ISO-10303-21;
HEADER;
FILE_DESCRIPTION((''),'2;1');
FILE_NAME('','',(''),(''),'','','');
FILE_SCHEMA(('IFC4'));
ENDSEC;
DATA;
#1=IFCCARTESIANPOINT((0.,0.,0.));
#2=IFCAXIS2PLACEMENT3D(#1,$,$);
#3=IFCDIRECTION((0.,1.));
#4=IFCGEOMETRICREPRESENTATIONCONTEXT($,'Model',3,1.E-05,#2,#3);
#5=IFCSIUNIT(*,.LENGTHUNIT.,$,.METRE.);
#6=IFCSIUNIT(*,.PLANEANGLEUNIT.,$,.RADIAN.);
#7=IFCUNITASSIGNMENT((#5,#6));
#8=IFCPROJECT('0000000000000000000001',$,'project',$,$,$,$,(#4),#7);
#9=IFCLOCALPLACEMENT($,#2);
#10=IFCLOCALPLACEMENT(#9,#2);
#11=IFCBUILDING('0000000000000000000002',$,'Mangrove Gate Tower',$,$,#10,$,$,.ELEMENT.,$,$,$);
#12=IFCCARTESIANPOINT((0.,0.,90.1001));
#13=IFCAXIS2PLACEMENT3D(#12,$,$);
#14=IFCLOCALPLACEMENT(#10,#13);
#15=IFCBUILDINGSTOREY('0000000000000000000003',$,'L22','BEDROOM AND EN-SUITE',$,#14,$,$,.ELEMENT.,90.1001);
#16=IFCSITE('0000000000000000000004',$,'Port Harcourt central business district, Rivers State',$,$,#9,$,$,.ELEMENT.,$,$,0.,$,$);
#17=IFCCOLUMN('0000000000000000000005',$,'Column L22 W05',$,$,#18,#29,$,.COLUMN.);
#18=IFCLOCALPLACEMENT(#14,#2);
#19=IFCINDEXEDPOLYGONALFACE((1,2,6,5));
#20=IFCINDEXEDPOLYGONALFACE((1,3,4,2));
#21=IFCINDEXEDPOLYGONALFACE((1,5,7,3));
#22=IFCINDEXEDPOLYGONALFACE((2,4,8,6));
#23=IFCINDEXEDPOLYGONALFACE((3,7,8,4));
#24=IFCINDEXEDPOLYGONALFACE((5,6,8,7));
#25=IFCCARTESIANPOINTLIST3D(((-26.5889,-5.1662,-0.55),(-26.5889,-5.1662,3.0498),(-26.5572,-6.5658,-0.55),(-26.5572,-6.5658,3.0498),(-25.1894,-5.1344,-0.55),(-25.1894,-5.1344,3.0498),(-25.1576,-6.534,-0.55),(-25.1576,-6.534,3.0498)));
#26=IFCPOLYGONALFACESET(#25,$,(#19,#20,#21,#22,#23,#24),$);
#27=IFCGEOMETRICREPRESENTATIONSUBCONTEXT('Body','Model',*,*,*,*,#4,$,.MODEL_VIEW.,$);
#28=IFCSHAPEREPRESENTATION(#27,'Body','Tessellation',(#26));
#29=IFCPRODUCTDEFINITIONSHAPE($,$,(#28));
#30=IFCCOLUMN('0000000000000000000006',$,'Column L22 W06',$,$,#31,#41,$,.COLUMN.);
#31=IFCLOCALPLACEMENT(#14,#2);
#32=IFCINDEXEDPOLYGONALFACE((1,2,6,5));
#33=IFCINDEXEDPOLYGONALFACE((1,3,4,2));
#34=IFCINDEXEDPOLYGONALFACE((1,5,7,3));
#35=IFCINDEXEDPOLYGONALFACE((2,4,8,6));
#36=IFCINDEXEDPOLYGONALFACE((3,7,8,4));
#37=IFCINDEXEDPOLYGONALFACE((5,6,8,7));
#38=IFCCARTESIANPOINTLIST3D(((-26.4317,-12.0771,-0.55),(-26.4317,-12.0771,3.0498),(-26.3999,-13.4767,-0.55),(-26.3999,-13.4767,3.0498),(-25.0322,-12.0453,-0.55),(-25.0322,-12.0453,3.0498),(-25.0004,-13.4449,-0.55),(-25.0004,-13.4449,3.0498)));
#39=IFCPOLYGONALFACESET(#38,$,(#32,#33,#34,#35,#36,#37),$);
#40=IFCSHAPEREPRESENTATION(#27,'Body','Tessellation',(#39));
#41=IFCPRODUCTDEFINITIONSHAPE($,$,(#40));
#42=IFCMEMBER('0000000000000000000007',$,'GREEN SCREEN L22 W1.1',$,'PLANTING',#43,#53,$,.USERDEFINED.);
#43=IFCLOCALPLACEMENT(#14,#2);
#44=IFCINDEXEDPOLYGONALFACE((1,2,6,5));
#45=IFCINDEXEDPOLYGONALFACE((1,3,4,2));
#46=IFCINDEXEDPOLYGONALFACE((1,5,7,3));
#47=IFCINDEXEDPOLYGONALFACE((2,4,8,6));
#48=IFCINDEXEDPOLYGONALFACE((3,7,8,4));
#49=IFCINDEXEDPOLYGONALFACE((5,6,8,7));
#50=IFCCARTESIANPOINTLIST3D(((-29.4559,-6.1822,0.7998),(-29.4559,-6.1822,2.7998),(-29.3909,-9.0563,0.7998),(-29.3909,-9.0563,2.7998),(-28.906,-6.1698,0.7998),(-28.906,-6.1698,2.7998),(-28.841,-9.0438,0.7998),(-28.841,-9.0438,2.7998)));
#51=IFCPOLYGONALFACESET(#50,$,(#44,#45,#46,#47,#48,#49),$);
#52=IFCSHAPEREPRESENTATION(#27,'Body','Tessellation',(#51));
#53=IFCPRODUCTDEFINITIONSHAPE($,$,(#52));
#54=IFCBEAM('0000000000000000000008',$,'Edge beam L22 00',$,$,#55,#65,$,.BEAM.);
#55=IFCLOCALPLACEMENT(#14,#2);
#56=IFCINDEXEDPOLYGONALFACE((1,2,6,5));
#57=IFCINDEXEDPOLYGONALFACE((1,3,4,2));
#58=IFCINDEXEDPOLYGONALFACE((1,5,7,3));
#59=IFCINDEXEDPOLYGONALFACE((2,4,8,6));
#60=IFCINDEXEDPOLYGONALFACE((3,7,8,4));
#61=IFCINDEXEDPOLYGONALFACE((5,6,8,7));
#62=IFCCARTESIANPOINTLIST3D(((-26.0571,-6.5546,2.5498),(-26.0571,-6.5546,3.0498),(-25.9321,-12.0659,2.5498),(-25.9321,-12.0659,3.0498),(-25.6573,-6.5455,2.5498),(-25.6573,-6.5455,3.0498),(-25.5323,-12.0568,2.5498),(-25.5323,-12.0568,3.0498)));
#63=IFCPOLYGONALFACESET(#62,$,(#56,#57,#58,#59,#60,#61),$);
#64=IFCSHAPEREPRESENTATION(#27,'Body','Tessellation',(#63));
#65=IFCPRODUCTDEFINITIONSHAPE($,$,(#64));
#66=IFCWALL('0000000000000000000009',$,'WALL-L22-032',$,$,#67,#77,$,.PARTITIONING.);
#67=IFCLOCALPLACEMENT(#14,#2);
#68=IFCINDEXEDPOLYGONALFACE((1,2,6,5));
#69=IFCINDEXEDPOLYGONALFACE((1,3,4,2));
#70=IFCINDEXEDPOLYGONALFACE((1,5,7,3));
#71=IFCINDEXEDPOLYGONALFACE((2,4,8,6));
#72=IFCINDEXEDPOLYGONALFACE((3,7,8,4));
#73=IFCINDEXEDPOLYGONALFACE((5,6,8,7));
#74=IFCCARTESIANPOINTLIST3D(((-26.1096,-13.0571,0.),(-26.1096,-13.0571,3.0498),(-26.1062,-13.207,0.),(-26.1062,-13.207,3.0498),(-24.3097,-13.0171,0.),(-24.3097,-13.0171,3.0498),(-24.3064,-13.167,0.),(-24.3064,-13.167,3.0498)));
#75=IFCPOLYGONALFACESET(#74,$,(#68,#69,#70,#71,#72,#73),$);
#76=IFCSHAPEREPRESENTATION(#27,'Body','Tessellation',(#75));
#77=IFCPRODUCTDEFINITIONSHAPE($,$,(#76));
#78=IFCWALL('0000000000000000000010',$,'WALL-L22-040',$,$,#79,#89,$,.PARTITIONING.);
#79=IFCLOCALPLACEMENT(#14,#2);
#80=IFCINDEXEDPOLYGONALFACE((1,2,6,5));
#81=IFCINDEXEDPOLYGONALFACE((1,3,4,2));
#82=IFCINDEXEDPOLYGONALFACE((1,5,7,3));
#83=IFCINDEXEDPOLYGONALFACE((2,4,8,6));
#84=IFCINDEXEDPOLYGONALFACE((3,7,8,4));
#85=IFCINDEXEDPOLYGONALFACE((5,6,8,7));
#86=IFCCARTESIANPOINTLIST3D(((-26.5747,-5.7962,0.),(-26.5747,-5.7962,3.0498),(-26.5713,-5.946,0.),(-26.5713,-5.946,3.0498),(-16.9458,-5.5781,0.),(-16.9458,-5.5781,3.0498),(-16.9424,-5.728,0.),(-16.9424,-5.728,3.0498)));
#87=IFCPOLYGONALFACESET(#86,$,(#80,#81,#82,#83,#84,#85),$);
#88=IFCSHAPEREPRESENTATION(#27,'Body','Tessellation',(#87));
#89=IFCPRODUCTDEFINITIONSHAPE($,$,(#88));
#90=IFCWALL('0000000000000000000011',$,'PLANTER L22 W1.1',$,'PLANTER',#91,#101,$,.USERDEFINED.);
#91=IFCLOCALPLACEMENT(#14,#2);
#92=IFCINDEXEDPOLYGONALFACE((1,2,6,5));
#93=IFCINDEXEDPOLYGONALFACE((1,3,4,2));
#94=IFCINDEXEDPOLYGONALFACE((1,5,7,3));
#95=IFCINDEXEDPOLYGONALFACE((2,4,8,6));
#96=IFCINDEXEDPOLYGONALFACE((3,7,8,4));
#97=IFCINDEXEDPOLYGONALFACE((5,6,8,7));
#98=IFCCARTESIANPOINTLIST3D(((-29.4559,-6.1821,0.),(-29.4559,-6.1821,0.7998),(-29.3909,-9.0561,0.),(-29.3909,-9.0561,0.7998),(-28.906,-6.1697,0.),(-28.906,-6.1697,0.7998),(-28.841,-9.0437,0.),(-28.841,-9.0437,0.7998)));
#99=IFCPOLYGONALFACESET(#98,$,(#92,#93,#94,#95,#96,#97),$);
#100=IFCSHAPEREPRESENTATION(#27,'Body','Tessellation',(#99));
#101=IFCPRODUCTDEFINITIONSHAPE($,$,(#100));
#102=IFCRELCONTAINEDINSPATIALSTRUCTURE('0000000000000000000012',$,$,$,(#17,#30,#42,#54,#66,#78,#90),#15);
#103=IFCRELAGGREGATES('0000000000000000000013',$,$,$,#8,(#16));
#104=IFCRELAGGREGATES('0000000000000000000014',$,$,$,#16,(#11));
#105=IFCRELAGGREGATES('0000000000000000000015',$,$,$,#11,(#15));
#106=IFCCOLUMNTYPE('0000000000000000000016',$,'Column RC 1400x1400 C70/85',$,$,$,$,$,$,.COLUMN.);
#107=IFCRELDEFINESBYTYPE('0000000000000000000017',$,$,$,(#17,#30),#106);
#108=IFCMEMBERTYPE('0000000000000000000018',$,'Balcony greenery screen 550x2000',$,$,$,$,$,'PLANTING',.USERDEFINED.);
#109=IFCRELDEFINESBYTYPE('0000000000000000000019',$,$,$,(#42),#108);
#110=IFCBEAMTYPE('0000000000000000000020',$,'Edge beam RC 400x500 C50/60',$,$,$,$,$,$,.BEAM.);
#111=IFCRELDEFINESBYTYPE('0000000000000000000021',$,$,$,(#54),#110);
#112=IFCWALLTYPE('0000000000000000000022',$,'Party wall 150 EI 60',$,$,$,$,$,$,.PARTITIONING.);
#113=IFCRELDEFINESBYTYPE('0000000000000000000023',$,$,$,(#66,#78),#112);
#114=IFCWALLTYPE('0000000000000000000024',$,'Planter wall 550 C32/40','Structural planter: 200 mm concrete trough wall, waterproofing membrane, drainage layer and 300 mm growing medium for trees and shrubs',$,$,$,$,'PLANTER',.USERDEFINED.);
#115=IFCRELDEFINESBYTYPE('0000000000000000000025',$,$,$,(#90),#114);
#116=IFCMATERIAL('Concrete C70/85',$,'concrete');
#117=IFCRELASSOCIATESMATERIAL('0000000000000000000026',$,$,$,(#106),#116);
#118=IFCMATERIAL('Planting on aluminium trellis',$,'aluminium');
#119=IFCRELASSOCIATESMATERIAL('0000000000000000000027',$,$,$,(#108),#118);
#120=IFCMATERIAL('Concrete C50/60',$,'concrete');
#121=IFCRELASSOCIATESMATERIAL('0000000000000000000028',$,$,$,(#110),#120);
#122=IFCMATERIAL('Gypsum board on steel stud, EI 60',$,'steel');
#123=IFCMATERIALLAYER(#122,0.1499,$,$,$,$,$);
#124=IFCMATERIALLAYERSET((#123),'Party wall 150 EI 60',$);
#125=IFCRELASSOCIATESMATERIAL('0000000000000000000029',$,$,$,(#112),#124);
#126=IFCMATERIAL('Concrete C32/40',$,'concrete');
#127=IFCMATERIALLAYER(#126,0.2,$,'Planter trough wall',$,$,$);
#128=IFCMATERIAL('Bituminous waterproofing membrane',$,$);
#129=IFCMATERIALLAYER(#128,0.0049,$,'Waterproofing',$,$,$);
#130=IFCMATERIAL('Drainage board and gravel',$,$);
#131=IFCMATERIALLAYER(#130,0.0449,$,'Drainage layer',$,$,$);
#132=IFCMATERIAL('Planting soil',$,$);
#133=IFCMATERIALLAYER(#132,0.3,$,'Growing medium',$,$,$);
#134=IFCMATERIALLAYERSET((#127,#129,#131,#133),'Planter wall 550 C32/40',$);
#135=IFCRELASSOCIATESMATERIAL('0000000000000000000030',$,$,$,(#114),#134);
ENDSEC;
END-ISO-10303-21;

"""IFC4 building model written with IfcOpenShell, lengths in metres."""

from ifc_helpers import new_model, si_unit, direction, frame, frame_2d, origin, origin_2d, place, context, subcontext, project, spatial, rectangle, extrude, material, layer, layer_set, material_profile, profile_set, type_object, element, save


model = new_model("IFC4")

# Units and contexts
model_context = context("Model", 3, precision=1e-05, world=origin(), true_north=direction((0.0, 1.0)))
body_context = subcontext(model_context, "Body", "Model", "MODEL_VIEW")
ifc_project = project(units=[si_unit("LENGTHUNIT", "METRE"), si_unit("PLANEANGLEUNIT", "RADIAN")], contexts=[model_context])

# Site, building, storey
site_placement = place(None, origin())
site = spatial("IfcSite", under=ifc_project, at=site_placement, Name="Port Harcourt central business district, Rivers State", CompositionType="ELEMENT", RefElevation=0.0)
building_placement = place(site_placement, origin())
building = spatial("IfcBuilding", under=site, at=building_placement, Name="Mangrove Gate Tower", CompositionType="ELEMENT")
storey_placement = place(building_placement, frame((0.0, 0.0, 90.1001)))
storey = spatial("IfcBuildingStorey", under=building, at=storey_placement, Name="L22", Description="BEDROOM AND EN-SUITE", CompositionType="ELEMENT", Elevation=90.1001)

# Columns
ifc_material_1 = material(Name="Concrete C70/85", Category="concrete")
ifc_material_profile_1 = material_profile(ifc_material_1, rectangle(XDim=1.3999, YDim=1.3999, at=origin_2d()))
ifc_profile_set_1 = profile_set([ifc_material_profile_1], Name="Concrete C70/85")
column_type = type_object("IfcColumnType", Name="Column RC 1400x1400 C70/85", PredefinedType="COLUMN", material=ifc_profile_set_1)
for number, where, z_axis, x_axis, name in (
    (1, (-25.8733, -5.8501, -0.55), (0.0, 0.0, 1.0), (0.022697, -0.999742, 0.0), "Column L22 W05"),
    (2, (-25.7161, -12.761, -0.55), (0.0, 0.0, 1.0), (0.022712, -0.999742, 0.0), "Column L22 W06"),
):
    element("IfcColumn", number, at=place(storey_placement, frame(where, z_axis=z_axis, x_axis=x_axis)), inside=storey, type_object=column_type, Name=name, PredefinedType="COLUMN", context=body_context, shape_type="SweptSolid", body=[
        extrude(rectangle(XDim=1.3999, YDim=1.3999, at=origin_2d()), origin(), (0.0, 0.0, 1.0), 3.5999),
    ])

# Member
ifc_material_2 = material(Name="Planting on aluminium trellis", Category="aluminium")
ifc_material_profile_2 = material_profile(ifc_material_2, rectangle(XDim=0.55, YDim=2.0, at=origin_2d()))
ifc_profile_set_2 = profile_set([ifc_material_profile_2], Name="Planting on aluminium trellis")
member_type = type_object("IfcMemberType", Name="Balcony greenery screen 550x2000", ElementType="PLANTING", PredefinedType="USERDEFINED", material=ifc_profile_set_2)
member_placement = place(storey_placement, frame((-29.116, -9.05, 1.7998), z_axis=(-0.02259, 0.999745, 0.0), x_axis=(-0.999745, -0.02259, 0.0)))
element("IfcMember", 3, at=member_placement, inside=storey, type_object=member_type, Name="GREEN SCREEN L22 W1.1", ObjectType="PLANTING", PredefinedType="USERDEFINED", context=body_context, shape_type="SweptSolid", body=[
    extrude(rectangle(XDim=0.55, YDim=2.0, at=origin_2d()), origin(), (0.0, 0.0, 1.0), 2.8748),
])

# Beam
ifc_material_3 = material(Name="Concrete C50/60", Category="concrete")
ifc_material_profile_3 = material_profile(ifc_material_3, rectangle(XDim=0.3999, YDim=0.5, at=origin_2d()))
ifc_profile_set_3 = profile_set([ifc_material_profile_3], Name="Concrete C50/60")
beam_type = type_object("IfcBeamType", Name="Edge beam RC 400x500 C50/60", PredefinedType="BEAM", material=ifc_profile_set_3)
beam_placement = place(storey_placement, frame((-25.8572, -6.55, 2.7998), z_axis=(0.022675, -0.999743, 0.0), x_axis=(0.999743, 0.022675, 0.0)))
element("IfcBeam", 4, at=beam_placement, inside=storey, type_object=beam_type, Name="Edge beam L22 00", PredefinedType="BEAM", context=body_context, shape_type="SweptSolid", body=[
    extrude(rectangle(XDim=0.3999, YDim=0.5, at=origin_2d()), origin(), (0.0, 0.0, 1.0), 5.5127),
])

# Walls
ifc_material_4 = material(Name="Gypsum board on steel stud, EI 60", Category="steel")
ifc_layer_1 = layer(ifc_material_4, 0.1499)
ifc_layer_set_1 = layer_set([ifc_layer_1], Name="Party wall 150 EI 60")
wall_type_1 = type_object("IfcWallType", Name="Party wall 150 EI 60", PredefinedType="PARTITIONING", material=ifc_layer_set_1)
wall_1_placement = place(storey_placement, frame((-26.1079, -13.1321, 0.0), z_axis=(0.0, 0.0, 1.0), x_axis=(0.999753, 0.022241, 0.0)))
element("IfcWall", 5, at=wall_1_placement, inside=storey, type_object=wall_type_1, Name="WALL-L22-032", PredefinedType="PARTITIONING", context=body_context, shape_type="SweptSolid", body=[
    extrude(rectangle(XDim=1.8003, YDim=0.1499, at=frame_2d((0.9001, 0.0))), origin(), (0.0, 0.0, 1.0), 3.0498),
])
wall_2_placement = place(storey_placement, frame((-26.573, -5.8711, 0.0), z_axis=(0.0, 0.0, 1.0), x_axis=(0.999744, 0.022636, 0.0)))
element("IfcWall", 6, at=wall_2_placement, inside=storey, type_object=wall_type_1, Name="WALL-L22-040", PredefinedType="PARTITIONING", context=body_context, shape_type="SweptSolid", body=[
    extrude(rectangle(XDim=9.6313, YDim=0.1499, at=frame_2d((4.8157, 0.0))), origin(), (0.0, 0.0, 1.0), 3.0498),
])
ifc_material_5 = material(Name="Concrete C32/40", Category="concrete")
ifc_layer_2 = layer(ifc_material_5, 0.2, Name="Planter trough wall")
ifc_material_6 = material(Name="Bituminous waterproofing membrane")
ifc_layer_3 = layer(ifc_material_6, 0.0049, Name="Waterproofing")
ifc_material_7 = material(Name="Drainage board and gravel")
ifc_layer_4 = layer(ifc_material_7, 0.0449, Name="Drainage layer")
ifc_material_8 = material(Name="Planting soil")
ifc_layer_5 = layer(ifc_material_8, 0.3, Name="Growing medium")
ifc_layer_set_2 = layer_set([ifc_layer_2, ifc_layer_3, ifc_layer_4, ifc_layer_5], Name="Planter wall 550 C32/40")
wall_type_2 = type_object("IfcWallType", Name="Planter wall 550 C32/40", Description="Structural planter: 200 mm concrete trough wall, waterproofing membrane, drainage layer and 300 mm growing medium for trees and shrubs", ElementType="PLANTER", PredefinedType="USERDEFINED", material=ifc_layer_set_2)
wall_3_placement = place(storey_placement, frame((-29.116, -9.05, 0.0), z_axis=(0.0, 0.0, 1.0), x_axis=(-0.02259, 0.999745, 0.0)))
element("IfcWall", 7, at=wall_3_placement, inside=storey, type_object=wall_type_2, Name="PLANTER L22 W1.1", ObjectType="PLANTER", PredefinedType="USERDEFINED", context=body_context, shape_type="SweptSolid", body=[
    extrude(rectangle(XDim=2.8748, YDim=0.55, at=frame_2d((1.4375, 0.0))), origin(), (0.0, 0.0, 1.0), 0.7998),
])

save(model, "model.ifc")
